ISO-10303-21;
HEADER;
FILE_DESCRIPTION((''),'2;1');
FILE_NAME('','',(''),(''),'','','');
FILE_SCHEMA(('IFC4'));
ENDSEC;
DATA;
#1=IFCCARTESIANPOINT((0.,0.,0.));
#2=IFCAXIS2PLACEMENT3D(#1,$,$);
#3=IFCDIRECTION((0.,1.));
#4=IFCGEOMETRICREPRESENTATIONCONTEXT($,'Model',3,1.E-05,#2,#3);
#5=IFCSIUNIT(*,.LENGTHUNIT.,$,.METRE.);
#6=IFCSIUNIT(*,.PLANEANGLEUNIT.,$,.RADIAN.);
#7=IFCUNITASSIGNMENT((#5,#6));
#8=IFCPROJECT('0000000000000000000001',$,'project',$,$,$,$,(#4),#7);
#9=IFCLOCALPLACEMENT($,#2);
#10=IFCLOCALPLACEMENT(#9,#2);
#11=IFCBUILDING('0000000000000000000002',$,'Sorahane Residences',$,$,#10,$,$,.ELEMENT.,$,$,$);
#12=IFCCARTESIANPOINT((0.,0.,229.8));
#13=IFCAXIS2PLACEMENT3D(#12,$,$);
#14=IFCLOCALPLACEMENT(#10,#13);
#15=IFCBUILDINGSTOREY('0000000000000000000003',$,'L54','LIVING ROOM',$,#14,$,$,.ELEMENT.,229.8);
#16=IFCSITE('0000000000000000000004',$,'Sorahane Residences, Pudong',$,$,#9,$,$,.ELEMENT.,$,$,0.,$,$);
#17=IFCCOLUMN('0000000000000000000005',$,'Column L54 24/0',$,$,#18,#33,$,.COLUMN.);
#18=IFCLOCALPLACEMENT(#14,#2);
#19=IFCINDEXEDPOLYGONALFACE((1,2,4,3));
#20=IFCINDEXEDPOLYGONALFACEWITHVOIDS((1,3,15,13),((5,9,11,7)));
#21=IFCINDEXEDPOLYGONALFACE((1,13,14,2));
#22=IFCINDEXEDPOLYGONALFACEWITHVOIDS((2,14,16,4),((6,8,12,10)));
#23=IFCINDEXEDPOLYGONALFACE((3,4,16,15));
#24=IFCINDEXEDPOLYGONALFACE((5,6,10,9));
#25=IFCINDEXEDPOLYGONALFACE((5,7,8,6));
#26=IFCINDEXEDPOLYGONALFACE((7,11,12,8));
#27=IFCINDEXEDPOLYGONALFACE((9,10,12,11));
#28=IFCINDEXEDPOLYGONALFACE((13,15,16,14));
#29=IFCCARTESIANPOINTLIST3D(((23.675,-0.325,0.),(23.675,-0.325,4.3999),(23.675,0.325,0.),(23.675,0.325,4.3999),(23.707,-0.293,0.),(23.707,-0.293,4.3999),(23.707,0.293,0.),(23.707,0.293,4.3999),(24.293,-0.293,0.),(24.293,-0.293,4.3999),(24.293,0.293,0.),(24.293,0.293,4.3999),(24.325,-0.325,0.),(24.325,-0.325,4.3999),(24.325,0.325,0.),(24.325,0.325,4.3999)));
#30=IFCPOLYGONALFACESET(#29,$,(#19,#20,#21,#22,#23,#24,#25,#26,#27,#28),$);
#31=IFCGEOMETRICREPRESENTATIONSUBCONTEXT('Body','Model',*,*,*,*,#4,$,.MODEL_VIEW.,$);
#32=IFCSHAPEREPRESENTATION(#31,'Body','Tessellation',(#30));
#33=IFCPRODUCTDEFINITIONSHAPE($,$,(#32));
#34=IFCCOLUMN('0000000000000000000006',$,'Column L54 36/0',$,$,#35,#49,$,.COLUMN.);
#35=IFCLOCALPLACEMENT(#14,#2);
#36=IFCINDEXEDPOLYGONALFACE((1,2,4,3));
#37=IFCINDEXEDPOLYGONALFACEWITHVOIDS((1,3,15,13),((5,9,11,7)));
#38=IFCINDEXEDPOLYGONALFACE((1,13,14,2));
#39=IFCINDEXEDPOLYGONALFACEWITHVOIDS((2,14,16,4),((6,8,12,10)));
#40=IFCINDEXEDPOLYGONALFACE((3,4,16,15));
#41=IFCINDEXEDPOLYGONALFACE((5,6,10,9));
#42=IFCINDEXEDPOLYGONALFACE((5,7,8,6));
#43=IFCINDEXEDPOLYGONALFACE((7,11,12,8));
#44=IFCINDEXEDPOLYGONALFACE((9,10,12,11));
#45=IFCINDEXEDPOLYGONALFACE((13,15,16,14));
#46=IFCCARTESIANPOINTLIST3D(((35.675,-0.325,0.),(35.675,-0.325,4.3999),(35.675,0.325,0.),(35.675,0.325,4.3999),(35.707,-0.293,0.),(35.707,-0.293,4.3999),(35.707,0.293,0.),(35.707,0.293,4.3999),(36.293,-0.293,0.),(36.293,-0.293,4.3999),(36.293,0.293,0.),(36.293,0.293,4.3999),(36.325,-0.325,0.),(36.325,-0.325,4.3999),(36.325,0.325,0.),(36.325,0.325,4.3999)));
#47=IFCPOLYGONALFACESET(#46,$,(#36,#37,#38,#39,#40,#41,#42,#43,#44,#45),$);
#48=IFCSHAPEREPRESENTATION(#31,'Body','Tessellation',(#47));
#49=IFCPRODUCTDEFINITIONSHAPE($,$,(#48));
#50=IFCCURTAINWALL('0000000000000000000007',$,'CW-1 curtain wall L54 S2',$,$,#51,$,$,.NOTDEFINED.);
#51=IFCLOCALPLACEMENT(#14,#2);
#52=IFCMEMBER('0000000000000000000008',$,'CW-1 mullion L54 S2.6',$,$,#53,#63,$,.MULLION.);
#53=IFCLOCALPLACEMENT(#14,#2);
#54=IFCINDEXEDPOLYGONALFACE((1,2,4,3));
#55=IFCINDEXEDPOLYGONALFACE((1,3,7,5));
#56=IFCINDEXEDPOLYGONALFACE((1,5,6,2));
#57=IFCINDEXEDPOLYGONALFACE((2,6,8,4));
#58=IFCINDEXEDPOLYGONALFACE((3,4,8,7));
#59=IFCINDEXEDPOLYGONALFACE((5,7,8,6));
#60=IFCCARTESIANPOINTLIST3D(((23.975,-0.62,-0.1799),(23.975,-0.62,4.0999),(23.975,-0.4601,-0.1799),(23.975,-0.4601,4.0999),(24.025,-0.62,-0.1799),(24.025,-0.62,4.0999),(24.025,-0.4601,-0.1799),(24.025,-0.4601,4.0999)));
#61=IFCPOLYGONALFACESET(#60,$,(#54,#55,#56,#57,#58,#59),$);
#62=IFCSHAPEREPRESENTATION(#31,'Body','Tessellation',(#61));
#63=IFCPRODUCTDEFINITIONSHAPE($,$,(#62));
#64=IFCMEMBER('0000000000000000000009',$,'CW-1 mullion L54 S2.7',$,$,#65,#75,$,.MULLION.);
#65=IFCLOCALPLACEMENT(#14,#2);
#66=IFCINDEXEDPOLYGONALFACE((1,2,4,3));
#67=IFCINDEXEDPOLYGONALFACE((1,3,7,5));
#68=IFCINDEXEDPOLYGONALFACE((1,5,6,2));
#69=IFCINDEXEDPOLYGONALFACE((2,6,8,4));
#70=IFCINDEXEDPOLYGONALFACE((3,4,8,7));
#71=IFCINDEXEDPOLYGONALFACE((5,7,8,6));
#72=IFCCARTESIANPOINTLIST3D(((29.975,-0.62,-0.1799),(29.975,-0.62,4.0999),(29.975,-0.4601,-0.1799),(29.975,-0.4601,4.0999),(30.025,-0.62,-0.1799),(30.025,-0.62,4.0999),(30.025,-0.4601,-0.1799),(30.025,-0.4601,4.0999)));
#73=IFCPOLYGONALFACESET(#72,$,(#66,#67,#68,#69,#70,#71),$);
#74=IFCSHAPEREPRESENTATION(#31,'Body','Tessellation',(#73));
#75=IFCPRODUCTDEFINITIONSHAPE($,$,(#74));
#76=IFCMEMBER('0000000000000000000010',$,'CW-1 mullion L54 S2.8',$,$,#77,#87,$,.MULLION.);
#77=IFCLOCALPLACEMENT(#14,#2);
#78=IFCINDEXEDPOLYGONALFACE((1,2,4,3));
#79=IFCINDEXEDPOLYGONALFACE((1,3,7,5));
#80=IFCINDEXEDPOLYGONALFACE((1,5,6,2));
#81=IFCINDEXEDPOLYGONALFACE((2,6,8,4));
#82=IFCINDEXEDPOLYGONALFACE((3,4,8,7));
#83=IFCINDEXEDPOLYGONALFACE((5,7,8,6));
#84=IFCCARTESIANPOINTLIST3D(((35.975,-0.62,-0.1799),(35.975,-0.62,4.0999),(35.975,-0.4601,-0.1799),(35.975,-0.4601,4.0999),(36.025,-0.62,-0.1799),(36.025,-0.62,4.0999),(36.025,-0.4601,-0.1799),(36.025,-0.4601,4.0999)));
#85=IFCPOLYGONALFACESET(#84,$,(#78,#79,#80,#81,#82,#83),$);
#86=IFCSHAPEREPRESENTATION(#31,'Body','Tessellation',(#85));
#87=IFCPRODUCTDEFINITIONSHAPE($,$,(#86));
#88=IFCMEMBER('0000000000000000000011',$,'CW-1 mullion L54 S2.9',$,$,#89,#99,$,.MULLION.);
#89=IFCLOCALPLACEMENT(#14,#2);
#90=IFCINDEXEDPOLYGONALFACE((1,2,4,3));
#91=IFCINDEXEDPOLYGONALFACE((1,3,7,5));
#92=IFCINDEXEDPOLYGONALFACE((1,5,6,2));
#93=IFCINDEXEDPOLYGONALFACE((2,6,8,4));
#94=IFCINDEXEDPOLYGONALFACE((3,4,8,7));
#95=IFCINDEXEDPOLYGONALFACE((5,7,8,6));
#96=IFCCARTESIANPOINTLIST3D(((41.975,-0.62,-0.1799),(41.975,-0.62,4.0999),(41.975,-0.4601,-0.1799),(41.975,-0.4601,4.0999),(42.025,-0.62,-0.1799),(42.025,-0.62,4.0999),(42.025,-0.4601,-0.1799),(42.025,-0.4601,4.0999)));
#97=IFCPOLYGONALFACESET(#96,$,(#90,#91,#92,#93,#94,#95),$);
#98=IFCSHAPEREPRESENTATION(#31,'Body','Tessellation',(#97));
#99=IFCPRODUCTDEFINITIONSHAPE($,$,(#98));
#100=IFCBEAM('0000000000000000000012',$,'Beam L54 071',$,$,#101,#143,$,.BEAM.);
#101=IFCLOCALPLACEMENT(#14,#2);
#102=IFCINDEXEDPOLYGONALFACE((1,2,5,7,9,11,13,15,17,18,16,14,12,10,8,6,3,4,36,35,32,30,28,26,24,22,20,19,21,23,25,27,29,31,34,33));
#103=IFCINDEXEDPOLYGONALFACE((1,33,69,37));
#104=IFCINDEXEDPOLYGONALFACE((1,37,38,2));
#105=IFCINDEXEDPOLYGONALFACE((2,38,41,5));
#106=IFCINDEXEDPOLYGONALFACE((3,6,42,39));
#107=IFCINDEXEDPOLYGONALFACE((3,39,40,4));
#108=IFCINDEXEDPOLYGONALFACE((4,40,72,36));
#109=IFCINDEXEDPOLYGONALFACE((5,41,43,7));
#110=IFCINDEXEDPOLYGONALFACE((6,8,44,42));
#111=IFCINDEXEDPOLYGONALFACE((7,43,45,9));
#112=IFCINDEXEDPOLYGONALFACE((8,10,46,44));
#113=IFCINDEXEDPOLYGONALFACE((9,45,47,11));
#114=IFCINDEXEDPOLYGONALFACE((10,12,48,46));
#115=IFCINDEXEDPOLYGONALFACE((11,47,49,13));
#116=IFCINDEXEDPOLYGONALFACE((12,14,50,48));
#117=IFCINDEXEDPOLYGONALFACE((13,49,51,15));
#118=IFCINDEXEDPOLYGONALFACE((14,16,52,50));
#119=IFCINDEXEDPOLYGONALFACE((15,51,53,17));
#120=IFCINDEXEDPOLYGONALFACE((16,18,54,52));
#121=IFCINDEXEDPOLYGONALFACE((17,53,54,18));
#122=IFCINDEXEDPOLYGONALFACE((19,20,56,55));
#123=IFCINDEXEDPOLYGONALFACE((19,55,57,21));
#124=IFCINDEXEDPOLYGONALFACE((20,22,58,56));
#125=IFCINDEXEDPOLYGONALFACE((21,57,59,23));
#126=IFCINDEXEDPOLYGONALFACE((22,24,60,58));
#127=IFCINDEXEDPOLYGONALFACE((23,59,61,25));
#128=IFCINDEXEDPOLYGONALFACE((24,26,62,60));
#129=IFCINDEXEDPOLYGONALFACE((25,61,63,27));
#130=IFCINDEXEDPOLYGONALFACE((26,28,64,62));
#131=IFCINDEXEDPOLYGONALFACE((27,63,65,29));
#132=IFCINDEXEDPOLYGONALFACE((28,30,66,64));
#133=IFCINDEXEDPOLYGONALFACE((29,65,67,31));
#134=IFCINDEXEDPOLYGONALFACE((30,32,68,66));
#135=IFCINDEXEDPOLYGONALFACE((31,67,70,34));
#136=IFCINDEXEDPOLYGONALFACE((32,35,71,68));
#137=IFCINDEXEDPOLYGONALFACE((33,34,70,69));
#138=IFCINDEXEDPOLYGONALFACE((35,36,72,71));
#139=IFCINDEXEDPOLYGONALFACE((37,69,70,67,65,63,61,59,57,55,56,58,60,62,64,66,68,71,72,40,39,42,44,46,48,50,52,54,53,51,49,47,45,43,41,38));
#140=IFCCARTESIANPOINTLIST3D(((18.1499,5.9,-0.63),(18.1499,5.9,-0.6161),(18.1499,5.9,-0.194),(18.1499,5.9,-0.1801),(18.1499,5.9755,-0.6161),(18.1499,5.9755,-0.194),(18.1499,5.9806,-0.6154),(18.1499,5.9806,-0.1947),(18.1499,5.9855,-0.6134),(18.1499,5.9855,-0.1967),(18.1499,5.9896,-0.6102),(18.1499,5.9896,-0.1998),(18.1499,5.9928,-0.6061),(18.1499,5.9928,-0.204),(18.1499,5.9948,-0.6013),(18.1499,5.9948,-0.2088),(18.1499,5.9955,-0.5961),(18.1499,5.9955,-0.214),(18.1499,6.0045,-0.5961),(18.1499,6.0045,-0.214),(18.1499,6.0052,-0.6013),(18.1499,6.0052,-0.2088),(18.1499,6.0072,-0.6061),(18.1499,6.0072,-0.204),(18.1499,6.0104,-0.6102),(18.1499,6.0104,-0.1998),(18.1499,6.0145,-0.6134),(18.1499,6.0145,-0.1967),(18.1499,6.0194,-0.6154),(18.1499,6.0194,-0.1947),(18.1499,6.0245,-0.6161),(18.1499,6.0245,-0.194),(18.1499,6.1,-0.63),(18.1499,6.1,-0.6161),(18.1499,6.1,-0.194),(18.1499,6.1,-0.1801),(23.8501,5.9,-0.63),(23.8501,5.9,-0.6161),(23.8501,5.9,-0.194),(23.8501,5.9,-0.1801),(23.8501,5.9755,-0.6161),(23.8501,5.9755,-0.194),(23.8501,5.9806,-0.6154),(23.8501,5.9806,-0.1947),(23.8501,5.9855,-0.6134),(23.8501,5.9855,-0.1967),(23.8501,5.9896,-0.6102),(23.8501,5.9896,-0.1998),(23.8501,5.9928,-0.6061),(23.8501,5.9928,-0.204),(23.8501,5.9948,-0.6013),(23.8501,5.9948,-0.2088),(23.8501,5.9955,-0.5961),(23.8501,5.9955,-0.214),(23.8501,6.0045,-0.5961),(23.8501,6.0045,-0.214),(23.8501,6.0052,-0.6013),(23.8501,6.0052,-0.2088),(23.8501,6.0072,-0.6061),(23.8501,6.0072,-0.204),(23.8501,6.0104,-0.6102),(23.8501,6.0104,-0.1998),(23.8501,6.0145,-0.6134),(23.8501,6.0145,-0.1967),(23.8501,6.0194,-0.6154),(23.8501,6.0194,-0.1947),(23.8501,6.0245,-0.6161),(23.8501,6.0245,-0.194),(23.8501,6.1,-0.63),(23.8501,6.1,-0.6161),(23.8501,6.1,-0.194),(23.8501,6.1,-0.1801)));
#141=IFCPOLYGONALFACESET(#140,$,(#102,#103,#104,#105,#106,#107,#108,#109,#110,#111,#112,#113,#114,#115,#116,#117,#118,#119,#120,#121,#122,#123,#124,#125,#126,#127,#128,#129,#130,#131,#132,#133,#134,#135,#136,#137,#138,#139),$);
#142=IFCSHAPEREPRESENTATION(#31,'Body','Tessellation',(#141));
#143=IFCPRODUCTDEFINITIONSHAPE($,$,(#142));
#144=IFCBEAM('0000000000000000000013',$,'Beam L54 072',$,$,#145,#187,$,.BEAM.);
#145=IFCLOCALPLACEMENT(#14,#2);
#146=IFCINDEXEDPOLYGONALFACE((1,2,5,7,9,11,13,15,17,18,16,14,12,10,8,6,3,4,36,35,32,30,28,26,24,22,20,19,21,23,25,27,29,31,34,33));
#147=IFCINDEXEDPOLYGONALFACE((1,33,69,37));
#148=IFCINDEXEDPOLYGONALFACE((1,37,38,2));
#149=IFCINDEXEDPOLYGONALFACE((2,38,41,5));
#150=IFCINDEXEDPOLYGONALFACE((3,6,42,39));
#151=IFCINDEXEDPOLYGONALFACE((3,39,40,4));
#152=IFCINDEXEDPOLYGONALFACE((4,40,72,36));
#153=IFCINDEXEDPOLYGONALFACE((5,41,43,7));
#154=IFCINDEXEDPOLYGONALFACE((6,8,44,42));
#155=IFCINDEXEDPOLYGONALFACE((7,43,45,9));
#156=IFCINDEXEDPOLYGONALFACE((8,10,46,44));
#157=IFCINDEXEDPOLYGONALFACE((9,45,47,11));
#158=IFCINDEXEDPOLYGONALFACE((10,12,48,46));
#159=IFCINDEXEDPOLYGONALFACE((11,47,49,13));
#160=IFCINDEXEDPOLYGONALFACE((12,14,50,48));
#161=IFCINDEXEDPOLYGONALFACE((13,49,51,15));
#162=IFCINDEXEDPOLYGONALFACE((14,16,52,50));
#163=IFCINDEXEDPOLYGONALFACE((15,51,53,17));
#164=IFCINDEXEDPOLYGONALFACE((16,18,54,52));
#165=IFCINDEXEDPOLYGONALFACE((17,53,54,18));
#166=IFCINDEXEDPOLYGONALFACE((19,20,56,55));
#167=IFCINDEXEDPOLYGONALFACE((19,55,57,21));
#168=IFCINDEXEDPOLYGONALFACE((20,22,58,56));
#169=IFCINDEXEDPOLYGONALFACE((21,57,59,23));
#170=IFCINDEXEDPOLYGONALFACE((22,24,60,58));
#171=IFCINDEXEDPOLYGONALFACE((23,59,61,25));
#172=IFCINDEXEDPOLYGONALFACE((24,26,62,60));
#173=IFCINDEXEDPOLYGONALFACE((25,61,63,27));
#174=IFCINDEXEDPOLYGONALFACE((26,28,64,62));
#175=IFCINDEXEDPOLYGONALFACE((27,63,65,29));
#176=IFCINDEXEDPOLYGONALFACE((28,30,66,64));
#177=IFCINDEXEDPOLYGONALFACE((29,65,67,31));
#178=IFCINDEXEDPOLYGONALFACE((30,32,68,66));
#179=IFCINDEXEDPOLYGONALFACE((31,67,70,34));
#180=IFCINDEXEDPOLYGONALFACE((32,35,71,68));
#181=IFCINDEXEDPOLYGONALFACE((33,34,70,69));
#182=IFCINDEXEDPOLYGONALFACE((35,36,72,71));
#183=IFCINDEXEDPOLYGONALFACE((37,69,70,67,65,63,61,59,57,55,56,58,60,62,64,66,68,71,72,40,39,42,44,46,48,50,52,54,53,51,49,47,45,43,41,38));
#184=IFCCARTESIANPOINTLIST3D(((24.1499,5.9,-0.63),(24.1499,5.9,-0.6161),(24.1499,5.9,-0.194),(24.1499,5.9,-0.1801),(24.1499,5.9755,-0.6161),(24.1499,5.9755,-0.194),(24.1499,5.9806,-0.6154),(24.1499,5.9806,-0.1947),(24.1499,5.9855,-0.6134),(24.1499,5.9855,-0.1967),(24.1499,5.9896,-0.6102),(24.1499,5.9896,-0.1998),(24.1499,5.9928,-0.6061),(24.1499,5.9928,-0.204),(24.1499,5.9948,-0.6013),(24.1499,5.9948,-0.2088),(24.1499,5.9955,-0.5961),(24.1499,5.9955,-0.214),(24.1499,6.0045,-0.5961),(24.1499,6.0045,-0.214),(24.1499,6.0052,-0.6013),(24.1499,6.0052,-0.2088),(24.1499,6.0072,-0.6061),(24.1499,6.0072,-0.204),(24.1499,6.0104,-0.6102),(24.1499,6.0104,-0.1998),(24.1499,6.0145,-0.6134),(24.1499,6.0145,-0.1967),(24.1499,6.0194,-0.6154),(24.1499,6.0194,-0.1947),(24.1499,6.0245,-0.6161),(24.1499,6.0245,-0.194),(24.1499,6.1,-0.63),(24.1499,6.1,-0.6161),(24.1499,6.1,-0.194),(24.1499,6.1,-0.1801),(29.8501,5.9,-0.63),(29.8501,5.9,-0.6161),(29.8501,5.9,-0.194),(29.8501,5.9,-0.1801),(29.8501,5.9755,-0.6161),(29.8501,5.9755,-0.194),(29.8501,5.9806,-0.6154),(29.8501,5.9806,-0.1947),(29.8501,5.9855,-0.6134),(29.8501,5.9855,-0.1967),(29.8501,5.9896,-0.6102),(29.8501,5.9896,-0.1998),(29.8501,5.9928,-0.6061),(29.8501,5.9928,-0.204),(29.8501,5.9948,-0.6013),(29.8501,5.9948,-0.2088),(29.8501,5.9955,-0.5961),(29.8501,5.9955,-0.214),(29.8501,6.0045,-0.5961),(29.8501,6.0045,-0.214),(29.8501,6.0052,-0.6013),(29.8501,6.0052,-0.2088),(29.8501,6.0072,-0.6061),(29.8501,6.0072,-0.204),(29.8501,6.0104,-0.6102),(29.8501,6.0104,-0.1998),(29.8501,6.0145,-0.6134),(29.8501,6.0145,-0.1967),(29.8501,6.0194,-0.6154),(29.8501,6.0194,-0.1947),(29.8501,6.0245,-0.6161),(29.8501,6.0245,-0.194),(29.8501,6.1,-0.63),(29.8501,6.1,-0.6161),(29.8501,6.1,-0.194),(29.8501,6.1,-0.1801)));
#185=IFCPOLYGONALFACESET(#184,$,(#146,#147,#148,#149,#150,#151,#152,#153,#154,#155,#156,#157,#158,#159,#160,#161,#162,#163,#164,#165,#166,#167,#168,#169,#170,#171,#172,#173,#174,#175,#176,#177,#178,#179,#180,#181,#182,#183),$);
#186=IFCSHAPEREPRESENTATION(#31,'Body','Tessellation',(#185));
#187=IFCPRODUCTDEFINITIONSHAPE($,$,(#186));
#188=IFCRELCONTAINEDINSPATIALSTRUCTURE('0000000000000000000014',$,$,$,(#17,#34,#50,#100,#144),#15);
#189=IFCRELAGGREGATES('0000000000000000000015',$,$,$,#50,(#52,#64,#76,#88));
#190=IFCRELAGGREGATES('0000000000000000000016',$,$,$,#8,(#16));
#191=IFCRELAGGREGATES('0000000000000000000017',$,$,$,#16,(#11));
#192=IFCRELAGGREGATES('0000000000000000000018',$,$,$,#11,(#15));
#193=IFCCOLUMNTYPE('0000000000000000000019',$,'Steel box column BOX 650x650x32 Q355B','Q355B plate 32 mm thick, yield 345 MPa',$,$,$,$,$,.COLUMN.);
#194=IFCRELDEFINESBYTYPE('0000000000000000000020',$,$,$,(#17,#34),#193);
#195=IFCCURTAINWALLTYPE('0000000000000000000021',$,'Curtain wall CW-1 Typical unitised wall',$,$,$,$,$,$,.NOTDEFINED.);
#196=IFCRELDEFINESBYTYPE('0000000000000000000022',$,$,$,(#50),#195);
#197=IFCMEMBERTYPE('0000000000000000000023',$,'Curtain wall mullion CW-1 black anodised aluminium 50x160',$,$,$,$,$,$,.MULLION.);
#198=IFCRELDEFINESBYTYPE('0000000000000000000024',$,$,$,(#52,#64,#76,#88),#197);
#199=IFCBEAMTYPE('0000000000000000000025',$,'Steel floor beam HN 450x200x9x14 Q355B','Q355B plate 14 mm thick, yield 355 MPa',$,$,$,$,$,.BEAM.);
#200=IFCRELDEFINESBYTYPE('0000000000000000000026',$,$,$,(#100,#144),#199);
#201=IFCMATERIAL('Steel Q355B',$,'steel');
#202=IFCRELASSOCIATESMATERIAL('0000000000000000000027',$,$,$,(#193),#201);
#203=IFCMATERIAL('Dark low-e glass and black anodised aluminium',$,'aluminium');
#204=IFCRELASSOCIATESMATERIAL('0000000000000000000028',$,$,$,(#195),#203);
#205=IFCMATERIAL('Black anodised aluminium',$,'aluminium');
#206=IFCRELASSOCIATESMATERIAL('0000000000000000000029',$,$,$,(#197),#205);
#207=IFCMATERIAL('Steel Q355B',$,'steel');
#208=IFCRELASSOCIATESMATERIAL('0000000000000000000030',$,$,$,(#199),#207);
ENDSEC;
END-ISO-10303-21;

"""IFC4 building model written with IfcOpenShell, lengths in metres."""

from ifc_helpers import new_model, si_unit, direction, frame, origin, origin_2d, place, context, subcontext, project, spatial, rectangle, hollow_rectangle, i_section, extrude, material, material_profile, profile_set, type_object, element, aggregate, save


model = new_model("IFC4")

# Units and contexts
model_context = context("Model", 3, precision=1e-05, world=origin(), true_north=direction((0.0, 1.0)))
body_context = subcontext(model_context, "Body", "Model", "MODEL_VIEW")
ifc_project = project(units=[si_unit("LENGTHUNIT", "METRE"), si_unit("PLANEANGLEUNIT", "RADIAN")], contexts=[model_context])

# Site, building, storey
site_placement = place(None, origin())
site = spatial("IfcSite", under=ifc_project, at=site_placement, Name="Sorahane Residences, Pudong", CompositionType="ELEMENT", RefElevation=0.0)
building_placement = place(site_placement, origin())
building = spatial("IfcBuilding", under=site, at=building_placement, Name="Sorahane Residences", CompositionType="ELEMENT")
storey_placement = place(building_placement, frame((0.0, 0.0, 229.8)))
storey = spatial("IfcBuildingStorey", under=building, at=storey_placement, Name="L54", Description="LIVING ROOM", CompositionType="ELEMENT", Elevation=229.8)

# Columns
ifc_material_1 = material(Name="Steel Q355B", Category="steel")
ifc_material_profile_1 = material_profile(ifc_material_1, hollow_rectangle(XDim=0.6499, YDim=0.6499, WallThickness=0.032, at=origin_2d()), Name="BOX 650x650x32")
ifc_profile_set_1 = profile_set([ifc_material_profile_1], Name="Steel Q355B")
column_type = type_object("IfcColumnType", Name="Steel box column BOX 650x650x32 Q355B", Description="Q355B plate 32 mm thick, yield 345 MPa", PredefinedType="COLUMN", material=ifc_profile_set_1)
for number, where, z_axis, x_axis, name in (
    (1, (24.0, 0.0, 0.0), (0.0, 0.0, 1.0), (1.0, 0.0, 0.0), "Column L54 24/0"),
    (2, (36.0, 0.0, 0.0), (0.0, 0.0, 1.0), (1.0, 0.0, 0.0), "Column L54 36/0"),
):
    element("IfcColumn", number, at=place(storey_placement, frame(where, z_axis=z_axis, x_axis=x_axis)), inside=storey, type_object=column_type, Name=name, PredefinedType="COLUMN", context=body_context, shape_type="SweptSolid", body=[
        extrude(hollow_rectangle(XDim=0.6499, YDim=0.6499, WallThickness=0.032, at=origin_2d()), origin(), (0.0, 0.0, 1.0), 4.3999),
    ])

# Curtain wall, members
ifc_material_2 = material(Name="Dark low-e glass and black anodised aluminium", Category="aluminium")
curtain_wall_type = type_object("IfcCurtainWallType", Name="Curtain wall CW-1 Typical unitised wall", PredefinedType="NOTDEFINED", material=ifc_material_2)
curtain_wall_placement = place(storey_placement, origin())
curtain_wall = element("IfcCurtainWall", 3, at=curtain_wall_placement, inside=storey, type_object=curtain_wall_type, Name="CW-1 curtain wall L54 S2", PredefinedType="NOTDEFINED")
ifc_material_3 = material(Name="Black anodised aluminium", Category="aluminium")
ifc_material_profile_2 = material_profile(ifc_material_3, rectangle(XDim=0.1599, YDim=0.05, at=origin_2d()), Name="Curtain wall mullion CW-1 black anodised aluminium 50x160")
ifc_profile_set_2 = profile_set([ifc_material_profile_2], Name="Black anodised aluminium")
member_type = type_object("IfcMemberType", Name="Curtain wall mullion CW-1 black anodised aluminium 50x160", PredefinedType="MULLION", material=ifc_profile_set_2)
member_1_placement = place(storey_placement, frame((24.0, -0.54, -0.1799), z_axis=(0.0, 0.0, 1.0), x_axis=(0.0, -1.0, 0.0)))
member_1 = element("IfcMember", 4, at=member_1_placement, type_object=member_type, Name="CW-1 mullion L54 S2.6", PredefinedType="MULLION", context=body_context, shape_type="SweptSolid", body=[
    extrude(rectangle(XDim=0.1599, YDim=0.05, at=origin_2d()), origin(), (0.0, 0.0, 1.0), 4.2798),
])
member_2_placement = place(storey_placement, frame((30.0, -0.54, -0.1799), z_axis=(0.0, 0.0, 1.0), x_axis=(0.0, -1.0, 0.0)))
member_2 = element("IfcMember", 5, at=member_2_placement, type_object=member_type, Name="CW-1 mullion L54 S2.7", PredefinedType="MULLION", context=body_context, shape_type="SweptSolid", body=[
    extrude(rectangle(XDim=0.1599, YDim=0.05, at=origin_2d()), origin(), (0.0, 0.0, 1.0), 4.2798),
])
member_3_placement = place(storey_placement, frame((36.0, -0.54, -0.1799), z_axis=(0.0, 0.0, 1.0), x_axis=(0.0, -1.0, 0.0)))
member_3 = element("IfcMember", 6, at=member_3_placement, type_object=member_type, Name="CW-1 mullion L54 S2.8", PredefinedType="MULLION", context=body_context, shape_type="SweptSolid", body=[
    extrude(rectangle(XDim=0.1599, YDim=0.05, at=origin_2d()), origin(), (0.0, 0.0, 1.0), 4.2798),
])
member_4_placement = place(storey_placement, frame((42.0, -0.54, -0.1799), z_axis=(0.0, 0.0, 1.0), x_axis=(0.0, -1.0, 0.0)))
member_4 = element("IfcMember", 7, at=member_4_placement, type_object=member_type, Name="CW-1 mullion L54 S2.9", PredefinedType="MULLION", context=body_context, shape_type="SweptSolid", body=[
    extrude(rectangle(XDim=0.1599, YDim=0.05, at=origin_2d()), origin(), (0.0, 0.0, 1.0), 4.2798),
])

# Beams
ifc_material_4 = material(Name="Steel Q355B", Category="steel")
ifc_material_profile_3 = material_profile(ifc_material_4, i_section(OverallWidth=0.2, OverallDepth=0.45, WebThickness=0.009, FlangeThickness=0.0139, FilletRadius=0.02, at=origin_2d()), Name="HN 450x200x9x14")
ifc_profile_set_3 = profile_set([ifc_material_profile_3], Name="Steel Q355B")
beam_type_1 = type_object("IfcBeamType", Name="Steel floor beam HN 450x200x9x14 Q355B", Description="Q355B plate 14 mm thick, yield 355 MPa", PredefinedType="BEAM", material=ifc_profile_set_3)
for number, where, z_axis, x_axis, name in (
    (8, (18.1499, 6.0, -0.405), (1.0, 0.0, 0.0), (0.0, 1.0, 0.0), "Beam L54 071"),
    (9, (24.1499, 6.0, -0.405), (1.0, 0.0, 0.0), (0.0, 1.0, 0.0), "Beam L54 072"),
):
    element("IfcBeam", number, at=place(storey_placement, frame(where, z_axis=z_axis, x_axis=x_axis)), inside=storey, type_object=beam_type_1, Name=name, PredefinedType="BEAM", context=body_context, shape_type="SweptSolid", body=[
        extrude(i_section(OverallWidth=0.2, OverallDepth=0.45, WebThickness=0.009, FlangeThickness=0.0139, FilletRadius=0.02, at=origin_2d()), origin(), (0.0, 0.0, 1.0), 5.7002),
    ])

aggregate(curtain_wall, [member_1, member_2, member_3, member_4])

save(model, "model.ifc")
